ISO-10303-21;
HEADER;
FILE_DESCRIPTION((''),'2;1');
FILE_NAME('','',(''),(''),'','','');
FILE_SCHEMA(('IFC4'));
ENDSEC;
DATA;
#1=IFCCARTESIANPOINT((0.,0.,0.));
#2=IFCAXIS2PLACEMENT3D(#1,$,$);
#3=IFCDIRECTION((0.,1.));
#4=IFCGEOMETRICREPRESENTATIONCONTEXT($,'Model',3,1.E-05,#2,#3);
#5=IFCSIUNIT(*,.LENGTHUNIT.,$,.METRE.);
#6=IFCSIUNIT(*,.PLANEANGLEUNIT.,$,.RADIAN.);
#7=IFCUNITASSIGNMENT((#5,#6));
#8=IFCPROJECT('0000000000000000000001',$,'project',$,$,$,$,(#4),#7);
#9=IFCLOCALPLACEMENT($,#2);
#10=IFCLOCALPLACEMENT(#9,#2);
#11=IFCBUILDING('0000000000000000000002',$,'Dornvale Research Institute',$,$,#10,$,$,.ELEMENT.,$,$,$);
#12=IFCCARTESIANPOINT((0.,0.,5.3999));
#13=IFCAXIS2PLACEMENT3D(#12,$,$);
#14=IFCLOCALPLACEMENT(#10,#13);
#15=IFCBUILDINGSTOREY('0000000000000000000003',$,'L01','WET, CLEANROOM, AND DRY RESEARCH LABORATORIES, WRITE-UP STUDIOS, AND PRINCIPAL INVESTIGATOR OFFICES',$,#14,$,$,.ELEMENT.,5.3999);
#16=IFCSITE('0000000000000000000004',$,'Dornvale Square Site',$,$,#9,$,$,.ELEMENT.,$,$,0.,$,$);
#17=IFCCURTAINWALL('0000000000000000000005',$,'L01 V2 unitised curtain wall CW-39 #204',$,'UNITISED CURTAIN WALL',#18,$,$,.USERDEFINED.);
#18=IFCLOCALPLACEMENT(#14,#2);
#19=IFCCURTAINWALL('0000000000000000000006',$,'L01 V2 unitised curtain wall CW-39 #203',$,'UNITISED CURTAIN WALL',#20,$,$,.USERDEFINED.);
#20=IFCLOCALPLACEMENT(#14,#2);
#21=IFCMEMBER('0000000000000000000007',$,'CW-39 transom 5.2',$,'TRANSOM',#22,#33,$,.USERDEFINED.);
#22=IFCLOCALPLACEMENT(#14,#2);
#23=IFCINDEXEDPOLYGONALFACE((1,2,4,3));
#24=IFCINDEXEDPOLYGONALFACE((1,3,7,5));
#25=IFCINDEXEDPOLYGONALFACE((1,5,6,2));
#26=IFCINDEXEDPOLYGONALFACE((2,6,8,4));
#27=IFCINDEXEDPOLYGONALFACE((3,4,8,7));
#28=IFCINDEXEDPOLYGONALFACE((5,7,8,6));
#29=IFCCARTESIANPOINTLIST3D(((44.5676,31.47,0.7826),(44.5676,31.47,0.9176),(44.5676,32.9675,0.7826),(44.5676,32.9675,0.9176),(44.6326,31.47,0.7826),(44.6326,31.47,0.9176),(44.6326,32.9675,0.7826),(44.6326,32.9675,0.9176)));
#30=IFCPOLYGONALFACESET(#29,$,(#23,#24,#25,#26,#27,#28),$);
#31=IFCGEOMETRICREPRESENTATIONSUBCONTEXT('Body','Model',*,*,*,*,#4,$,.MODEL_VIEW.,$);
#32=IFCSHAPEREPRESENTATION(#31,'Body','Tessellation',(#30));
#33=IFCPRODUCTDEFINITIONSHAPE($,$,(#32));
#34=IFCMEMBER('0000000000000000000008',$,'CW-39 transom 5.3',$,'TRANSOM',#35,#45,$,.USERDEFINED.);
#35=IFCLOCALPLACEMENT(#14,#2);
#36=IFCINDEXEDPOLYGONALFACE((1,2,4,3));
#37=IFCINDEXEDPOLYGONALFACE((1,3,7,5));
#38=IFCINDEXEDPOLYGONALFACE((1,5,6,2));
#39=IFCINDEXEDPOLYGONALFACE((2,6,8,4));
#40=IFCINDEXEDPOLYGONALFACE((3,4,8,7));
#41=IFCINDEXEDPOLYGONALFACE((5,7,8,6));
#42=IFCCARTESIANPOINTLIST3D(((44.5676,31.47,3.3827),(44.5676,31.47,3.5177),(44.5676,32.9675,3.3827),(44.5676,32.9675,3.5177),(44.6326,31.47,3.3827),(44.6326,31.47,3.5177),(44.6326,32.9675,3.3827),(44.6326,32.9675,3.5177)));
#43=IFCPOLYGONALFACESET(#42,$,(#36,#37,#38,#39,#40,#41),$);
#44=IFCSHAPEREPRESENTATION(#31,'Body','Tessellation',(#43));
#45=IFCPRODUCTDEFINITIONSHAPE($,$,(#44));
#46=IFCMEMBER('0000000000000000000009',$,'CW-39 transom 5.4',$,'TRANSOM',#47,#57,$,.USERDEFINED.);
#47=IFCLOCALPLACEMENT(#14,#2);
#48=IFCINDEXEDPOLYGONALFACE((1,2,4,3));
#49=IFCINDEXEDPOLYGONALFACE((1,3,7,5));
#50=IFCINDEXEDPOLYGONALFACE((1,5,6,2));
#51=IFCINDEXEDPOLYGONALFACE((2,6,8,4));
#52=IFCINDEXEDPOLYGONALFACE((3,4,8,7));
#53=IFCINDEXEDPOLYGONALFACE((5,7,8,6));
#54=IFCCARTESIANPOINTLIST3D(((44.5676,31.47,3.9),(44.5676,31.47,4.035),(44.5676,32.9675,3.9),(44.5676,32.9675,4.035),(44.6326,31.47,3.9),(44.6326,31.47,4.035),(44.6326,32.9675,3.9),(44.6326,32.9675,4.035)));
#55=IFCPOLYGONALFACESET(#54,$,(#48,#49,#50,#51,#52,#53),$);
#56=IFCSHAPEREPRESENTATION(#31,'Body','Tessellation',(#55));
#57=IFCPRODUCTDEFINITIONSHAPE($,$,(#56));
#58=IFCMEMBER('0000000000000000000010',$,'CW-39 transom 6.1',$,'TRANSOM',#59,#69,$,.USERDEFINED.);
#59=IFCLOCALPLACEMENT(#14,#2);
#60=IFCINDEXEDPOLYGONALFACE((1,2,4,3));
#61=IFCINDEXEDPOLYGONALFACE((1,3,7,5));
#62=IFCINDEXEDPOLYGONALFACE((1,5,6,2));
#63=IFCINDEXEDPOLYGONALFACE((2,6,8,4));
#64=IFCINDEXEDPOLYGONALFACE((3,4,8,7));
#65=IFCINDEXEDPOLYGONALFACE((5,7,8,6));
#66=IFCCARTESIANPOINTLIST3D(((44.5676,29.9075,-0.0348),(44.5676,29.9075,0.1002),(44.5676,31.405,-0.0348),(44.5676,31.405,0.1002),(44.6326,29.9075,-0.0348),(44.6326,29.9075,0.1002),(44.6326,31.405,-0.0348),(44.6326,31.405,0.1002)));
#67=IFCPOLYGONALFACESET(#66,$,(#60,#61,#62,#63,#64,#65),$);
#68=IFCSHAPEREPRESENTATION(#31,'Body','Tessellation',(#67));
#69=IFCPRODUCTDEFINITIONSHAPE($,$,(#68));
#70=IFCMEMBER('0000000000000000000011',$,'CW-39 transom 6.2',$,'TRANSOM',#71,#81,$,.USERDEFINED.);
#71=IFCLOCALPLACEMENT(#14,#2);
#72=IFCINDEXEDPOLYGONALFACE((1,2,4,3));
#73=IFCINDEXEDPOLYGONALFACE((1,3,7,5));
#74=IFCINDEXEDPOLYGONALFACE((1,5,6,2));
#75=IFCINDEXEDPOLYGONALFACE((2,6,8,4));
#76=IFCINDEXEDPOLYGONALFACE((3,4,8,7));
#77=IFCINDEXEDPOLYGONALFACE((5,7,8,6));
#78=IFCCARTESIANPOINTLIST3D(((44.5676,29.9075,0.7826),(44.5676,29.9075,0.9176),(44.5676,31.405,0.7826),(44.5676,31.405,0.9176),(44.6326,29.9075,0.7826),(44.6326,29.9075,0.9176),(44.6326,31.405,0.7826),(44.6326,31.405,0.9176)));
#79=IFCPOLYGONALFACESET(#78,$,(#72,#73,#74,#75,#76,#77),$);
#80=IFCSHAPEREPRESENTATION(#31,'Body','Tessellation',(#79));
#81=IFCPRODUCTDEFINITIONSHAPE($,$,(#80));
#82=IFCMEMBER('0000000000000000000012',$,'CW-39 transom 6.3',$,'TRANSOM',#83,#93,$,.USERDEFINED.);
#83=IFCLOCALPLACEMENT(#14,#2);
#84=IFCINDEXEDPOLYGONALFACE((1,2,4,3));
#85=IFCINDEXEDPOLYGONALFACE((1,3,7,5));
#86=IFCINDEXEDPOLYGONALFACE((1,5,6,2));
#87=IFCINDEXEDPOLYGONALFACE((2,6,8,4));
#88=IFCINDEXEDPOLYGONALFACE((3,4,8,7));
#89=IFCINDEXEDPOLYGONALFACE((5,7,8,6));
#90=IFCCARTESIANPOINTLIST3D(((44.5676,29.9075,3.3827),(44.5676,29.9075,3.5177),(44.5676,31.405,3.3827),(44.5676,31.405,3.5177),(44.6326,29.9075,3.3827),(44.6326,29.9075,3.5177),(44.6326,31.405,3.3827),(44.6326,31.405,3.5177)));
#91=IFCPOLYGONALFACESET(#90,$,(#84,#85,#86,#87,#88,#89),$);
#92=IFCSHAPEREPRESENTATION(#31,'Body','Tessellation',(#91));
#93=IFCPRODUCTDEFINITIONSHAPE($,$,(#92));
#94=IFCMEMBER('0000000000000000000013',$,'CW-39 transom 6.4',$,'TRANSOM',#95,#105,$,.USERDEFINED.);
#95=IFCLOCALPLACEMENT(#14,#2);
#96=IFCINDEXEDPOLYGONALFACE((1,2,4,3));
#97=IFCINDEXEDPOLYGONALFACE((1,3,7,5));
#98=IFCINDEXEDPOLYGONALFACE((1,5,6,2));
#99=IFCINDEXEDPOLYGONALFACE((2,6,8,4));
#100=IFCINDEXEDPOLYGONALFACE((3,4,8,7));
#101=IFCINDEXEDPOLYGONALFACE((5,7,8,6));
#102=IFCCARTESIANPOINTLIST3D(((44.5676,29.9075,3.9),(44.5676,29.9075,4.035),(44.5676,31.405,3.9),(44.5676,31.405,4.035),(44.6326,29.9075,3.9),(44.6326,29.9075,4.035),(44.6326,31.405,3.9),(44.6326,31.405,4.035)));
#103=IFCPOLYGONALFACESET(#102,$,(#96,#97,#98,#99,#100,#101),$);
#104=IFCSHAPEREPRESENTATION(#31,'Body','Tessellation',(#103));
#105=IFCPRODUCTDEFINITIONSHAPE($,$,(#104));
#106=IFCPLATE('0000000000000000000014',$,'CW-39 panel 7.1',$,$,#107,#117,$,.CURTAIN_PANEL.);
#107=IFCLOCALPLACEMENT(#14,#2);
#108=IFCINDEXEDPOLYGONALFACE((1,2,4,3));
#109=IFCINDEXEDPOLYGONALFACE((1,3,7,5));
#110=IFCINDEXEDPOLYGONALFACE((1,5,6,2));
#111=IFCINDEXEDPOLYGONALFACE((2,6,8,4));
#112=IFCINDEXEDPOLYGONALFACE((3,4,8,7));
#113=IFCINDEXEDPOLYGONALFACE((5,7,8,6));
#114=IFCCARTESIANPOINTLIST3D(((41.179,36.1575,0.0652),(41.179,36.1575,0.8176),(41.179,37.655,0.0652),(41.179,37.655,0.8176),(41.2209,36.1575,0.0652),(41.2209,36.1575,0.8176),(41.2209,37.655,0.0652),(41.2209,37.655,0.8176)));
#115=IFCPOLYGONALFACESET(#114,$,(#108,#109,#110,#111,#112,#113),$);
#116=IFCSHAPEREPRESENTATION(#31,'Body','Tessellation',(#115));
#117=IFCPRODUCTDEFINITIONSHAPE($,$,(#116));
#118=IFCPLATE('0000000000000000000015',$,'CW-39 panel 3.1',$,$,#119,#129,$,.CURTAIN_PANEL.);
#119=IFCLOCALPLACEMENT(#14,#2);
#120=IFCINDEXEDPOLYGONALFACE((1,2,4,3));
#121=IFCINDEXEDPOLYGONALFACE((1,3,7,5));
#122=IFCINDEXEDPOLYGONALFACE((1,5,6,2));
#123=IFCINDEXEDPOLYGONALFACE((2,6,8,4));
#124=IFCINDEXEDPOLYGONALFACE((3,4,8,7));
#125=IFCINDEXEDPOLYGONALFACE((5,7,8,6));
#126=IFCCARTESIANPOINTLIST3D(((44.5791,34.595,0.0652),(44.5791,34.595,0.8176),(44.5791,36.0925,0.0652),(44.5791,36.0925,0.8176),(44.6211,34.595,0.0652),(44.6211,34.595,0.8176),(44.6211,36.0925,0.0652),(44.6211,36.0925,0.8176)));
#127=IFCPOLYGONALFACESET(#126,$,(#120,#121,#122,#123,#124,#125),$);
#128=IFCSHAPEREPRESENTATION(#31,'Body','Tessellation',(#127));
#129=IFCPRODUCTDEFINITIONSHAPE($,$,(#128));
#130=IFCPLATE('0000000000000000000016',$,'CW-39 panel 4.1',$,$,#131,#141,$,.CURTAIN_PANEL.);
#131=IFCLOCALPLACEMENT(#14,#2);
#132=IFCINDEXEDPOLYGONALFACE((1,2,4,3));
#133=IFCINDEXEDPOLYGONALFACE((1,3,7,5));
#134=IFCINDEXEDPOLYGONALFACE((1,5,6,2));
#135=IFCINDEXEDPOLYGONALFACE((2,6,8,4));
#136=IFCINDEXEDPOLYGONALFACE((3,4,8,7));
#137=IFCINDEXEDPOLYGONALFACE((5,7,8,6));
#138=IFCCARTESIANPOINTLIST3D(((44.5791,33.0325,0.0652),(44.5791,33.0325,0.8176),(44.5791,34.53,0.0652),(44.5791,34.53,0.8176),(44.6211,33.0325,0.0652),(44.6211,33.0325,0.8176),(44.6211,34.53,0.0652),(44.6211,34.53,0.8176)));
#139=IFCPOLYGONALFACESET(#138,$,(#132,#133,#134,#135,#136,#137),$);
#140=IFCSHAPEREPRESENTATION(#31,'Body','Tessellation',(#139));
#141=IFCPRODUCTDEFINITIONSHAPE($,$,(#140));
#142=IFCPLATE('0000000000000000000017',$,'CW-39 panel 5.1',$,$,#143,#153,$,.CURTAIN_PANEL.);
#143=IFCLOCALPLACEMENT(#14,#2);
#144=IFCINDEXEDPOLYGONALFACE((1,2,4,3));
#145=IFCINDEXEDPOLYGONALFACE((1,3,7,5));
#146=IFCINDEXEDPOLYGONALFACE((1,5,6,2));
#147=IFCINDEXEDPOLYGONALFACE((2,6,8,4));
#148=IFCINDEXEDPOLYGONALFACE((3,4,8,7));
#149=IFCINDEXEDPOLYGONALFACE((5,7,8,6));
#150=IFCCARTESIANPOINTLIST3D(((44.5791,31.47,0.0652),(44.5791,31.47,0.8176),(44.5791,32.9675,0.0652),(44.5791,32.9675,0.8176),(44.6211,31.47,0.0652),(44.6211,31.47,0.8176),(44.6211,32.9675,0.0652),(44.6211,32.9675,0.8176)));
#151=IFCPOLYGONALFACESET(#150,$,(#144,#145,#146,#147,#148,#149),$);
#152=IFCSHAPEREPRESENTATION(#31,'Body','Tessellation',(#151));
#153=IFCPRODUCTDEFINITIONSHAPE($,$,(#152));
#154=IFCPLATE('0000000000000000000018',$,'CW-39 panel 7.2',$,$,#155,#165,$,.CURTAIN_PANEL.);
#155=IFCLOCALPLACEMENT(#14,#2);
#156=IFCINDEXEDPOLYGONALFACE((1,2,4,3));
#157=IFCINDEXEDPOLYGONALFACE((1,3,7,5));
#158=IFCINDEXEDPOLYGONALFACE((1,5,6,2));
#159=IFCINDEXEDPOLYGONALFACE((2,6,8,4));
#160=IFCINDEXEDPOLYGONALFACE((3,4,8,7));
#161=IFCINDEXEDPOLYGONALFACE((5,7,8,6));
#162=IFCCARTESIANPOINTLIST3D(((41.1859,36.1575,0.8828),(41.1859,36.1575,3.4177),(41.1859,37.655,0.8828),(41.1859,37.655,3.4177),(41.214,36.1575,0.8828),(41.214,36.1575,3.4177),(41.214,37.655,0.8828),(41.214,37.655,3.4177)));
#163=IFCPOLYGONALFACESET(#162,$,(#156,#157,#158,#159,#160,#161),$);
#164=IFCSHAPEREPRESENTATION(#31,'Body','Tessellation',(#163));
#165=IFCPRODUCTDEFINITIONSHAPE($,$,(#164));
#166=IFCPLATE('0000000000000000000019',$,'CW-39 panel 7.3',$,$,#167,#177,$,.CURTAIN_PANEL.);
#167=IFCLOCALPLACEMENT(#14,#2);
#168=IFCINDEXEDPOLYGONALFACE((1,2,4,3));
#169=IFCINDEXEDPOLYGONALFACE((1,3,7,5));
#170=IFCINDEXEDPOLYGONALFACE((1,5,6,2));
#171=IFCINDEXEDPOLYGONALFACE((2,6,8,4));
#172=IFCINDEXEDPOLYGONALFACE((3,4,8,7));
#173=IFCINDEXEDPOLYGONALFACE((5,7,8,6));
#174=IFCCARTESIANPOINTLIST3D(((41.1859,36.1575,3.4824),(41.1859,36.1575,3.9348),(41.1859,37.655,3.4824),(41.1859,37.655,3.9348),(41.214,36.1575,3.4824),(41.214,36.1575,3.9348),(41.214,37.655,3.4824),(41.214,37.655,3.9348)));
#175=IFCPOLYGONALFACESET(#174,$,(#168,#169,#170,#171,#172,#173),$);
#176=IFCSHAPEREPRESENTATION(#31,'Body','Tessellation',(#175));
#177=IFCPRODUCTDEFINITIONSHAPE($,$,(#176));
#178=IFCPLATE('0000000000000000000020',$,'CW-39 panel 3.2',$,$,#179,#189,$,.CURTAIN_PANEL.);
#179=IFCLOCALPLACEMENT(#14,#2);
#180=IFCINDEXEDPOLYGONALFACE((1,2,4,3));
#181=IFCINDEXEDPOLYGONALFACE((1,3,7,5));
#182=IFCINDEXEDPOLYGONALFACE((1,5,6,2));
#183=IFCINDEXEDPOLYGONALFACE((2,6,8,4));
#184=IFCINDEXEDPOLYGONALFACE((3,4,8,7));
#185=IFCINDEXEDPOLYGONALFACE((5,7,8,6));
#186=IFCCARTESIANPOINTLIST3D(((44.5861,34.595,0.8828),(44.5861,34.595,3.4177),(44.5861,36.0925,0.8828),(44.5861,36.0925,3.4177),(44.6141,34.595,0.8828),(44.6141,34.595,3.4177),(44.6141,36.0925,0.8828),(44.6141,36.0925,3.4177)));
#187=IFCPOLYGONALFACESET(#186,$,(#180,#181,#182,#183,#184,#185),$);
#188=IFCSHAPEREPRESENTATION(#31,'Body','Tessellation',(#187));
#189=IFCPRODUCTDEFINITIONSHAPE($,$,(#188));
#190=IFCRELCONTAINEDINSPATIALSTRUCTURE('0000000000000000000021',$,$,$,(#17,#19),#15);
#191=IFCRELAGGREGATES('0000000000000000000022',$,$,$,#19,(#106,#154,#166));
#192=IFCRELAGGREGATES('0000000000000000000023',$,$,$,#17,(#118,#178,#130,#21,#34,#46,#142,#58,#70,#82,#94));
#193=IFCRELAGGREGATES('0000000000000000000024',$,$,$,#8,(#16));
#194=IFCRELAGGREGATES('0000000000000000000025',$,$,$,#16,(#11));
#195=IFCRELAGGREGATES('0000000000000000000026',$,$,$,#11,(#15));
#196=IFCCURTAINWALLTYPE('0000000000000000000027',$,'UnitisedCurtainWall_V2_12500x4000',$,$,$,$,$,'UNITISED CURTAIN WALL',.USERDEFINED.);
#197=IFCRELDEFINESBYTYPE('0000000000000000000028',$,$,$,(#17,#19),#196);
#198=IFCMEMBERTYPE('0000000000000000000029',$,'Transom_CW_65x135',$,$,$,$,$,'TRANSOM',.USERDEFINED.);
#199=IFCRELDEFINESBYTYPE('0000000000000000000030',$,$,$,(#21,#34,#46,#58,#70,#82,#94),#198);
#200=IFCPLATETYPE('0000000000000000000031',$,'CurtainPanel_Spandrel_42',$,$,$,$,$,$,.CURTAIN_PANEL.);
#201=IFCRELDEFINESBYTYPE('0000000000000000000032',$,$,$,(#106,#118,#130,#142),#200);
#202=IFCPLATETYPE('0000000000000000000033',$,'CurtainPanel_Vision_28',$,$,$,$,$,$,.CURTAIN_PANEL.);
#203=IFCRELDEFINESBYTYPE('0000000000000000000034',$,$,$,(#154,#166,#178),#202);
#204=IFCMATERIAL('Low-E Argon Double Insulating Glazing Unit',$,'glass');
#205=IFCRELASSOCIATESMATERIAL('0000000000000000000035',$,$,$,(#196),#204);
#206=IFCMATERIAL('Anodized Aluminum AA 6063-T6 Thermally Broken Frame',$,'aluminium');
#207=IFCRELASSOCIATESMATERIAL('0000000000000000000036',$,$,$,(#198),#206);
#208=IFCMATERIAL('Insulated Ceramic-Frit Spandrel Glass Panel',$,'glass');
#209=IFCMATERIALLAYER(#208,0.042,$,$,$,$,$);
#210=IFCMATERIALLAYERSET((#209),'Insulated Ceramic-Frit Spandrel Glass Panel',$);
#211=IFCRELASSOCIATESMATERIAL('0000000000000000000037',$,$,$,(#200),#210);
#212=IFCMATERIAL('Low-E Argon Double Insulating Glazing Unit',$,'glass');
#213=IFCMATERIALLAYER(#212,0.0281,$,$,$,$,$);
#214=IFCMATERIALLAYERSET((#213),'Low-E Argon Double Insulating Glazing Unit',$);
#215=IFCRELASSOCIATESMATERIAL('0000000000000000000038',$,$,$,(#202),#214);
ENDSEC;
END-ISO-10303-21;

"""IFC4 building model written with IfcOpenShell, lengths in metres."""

from ifc_helpers import new_model, si_unit, direction, frame, origin, origin_2d, place, context, subcontext, project, spatial, rectangle, extrude, material, layer, layer_set, material_profile, profile_set, type_object, element, aggregate, save


model = new_model("IFC4")

# Units and contexts
model_context = context("Model", 3, precision=1e-05, world=origin(), true_north=direction((0.0, 1.0)))
body_context = subcontext(model_context, "Body", "Model", "MODEL_VIEW")
ifc_project = project(units=[si_unit("LENGTHUNIT", "METRE"), si_unit("PLANEANGLEUNIT", "RADIAN")], contexts=[model_context])

# Site, building, storey
site_placement = place(None, origin())
site = spatial("IfcSite", under=ifc_project, at=site_placement, Name="Dornvale Square Site", CompositionType="ELEMENT", RefElevation=0.0)
building_placement = place(site_placement, origin())
building = spatial("IfcBuilding", under=site, at=building_placement, Name="Dornvale Research Institute", CompositionType="ELEMENT")
storey_placement = place(building_placement, frame((0.0, 0.0, 5.3999)))
storey = spatial("IfcBuildingStorey", under=building, at=storey_placement, Name="L01", Description="WET, CLEANROOM, AND DRY RESEARCH LABORATORIES, WRITE-UP STUDIOS, AND PRINCIPAL INVESTIGATOR OFFICES", CompositionType="ELEMENT", Elevation=5.3999)

# Curtain walls
ifc_material_1 = material(Name="Low-E Argon Double Insulating Glazing Unit", Category="glass")
curtain_wall_type = type_object("IfcCurtainWallType", Name="UnitisedCurtainWall_V2_12500x4000", ElementType="UNITISED CURTAIN WALL", PredefinedType="USERDEFINED", material=ifc_material_1)
curtain_wall_1_placement = place(storey_placement, origin())
curtain_wall_1 = element("IfcCurtainWall", 1, at=curtain_wall_1_placement, inside=storey, type_object=curtain_wall_type, Name="L01 V2 unitised curtain wall CW-39 #204", ObjectType="UNITISED CURTAIN WALL", PredefinedType="USERDEFINED")
curtain_wall_2_placement = place(storey_placement, origin())
curtain_wall_2 = element("IfcCurtainWall", 2, at=curtain_wall_2_placement, inside=storey, type_object=curtain_wall_type, Name="L01 V2 unitised curtain wall CW-39 #203", ObjectType="UNITISED CURTAIN WALL", PredefinedType="USERDEFINED")
ifc_material_2 = material(Name="Anodized Aluminum AA 6063-T6 Thermally Broken Frame", Category="aluminium")
ifc_material_profile_1 = material_profile(ifc_material_2, rectangle(XDim=0.0649, YDim=0.135, at=origin_2d()), Name="ALU TRANSOM 65x135")
ifc_profile_set_1 = profile_set([ifc_material_profile_1], Name="Anodized Aluminum AA 6063-T6 Thermally Broken Frame")
member_type_1 = type_object("IfcMemberType", Name="Transom_CW_65x135", ElementType="TRANSOM", PredefinedType="USERDEFINED", material=ifc_profile_set_1)

# Members
member_1_placement = place(storey_placement, frame((44.6001, 32.9675, 0.8501), z_axis=(0.0, -1.0, 0.0), x_axis=(1.0, 0.0, 0.0)))
member_1 = element("IfcMember", 3, at=member_1_placement, type_object=member_type_1, Name="CW-39 transom 5.2", ObjectType="TRANSOM", PredefinedType="USERDEFINED", context=body_context, shape_type="SweptSolid", body=[
    extrude(rectangle(XDim=0.0649, YDim=0.135, at=origin_2d()), origin(), (0.0, 0.0, 1.0), 1.4976),
])
member_2_placement = place(storey_placement, frame((44.6001, 32.9675, 3.4502), z_axis=(0.0, -1.0, 0.0), x_axis=(1.0, 0.0, 0.0)))
member_2 = element("IfcMember", 4, at=member_2_placement, type_object=member_type_1, Name="CW-39 transom 5.3", ObjectType="TRANSOM", PredefinedType="USERDEFINED", context=body_context, shape_type="SweptSolid", body=[
    extrude(rectangle(XDim=0.0649, YDim=0.135, at=origin_2d()), origin(), (0.0, 0.0, 1.0), 1.4976),
])
member_3_placement = place(storey_placement, frame((44.6001, 32.9675, 3.9675), z_axis=(0.0, -1.0, 0.0), x_axis=(1.0, 0.0, 0.0)))
member_3 = element("IfcMember", 5, at=member_3_placement, type_object=member_type_1, Name="CW-39 transom 5.4", ObjectType="TRANSOM", PredefinedType="USERDEFINED", context=body_context, shape_type="SweptSolid", body=[
    extrude(rectangle(XDim=0.0649, YDim=0.135, at=origin_2d()), origin(), (0.0, 0.0, 1.0), 1.4976),
])
member_4_placement = place(storey_placement, frame((44.6001, 31.405, 0.0327), z_axis=(0.0, -1.0, 0.0), x_axis=(1.0, 0.0, 0.0)))
member_4 = element("IfcMember", 6, at=member_4_placement, type_object=member_type_1, Name="CW-39 transom 6.1", ObjectType="TRANSOM", PredefinedType="USERDEFINED", context=body_context, shape_type="SweptSolid", body=[
    extrude(rectangle(XDim=0.0649, YDim=0.135, at=origin_2d()), origin(), (0.0, 0.0, 1.0), 1.4976),
])
member_5_placement = place(storey_placement, frame((44.6001, 31.405, 0.8501), z_axis=(0.0, -1.0, 0.0), x_axis=(1.0, 0.0, 0.0)))
member_5 = element("IfcMember", 7, at=member_5_placement, type_object=member_type_1, Name="CW-39 transom 6.2", ObjectType="TRANSOM", PredefinedType="USERDEFINED", context=body_context, shape_type="SweptSolid", body=[
    extrude(rectangle(XDim=0.0649, YDim=0.135, at=origin_2d()), origin(), (0.0, 0.0, 1.0), 1.4976),
])
member_6_placement = place(storey_placement, frame((44.6001, 31.405, 3.4502), z_axis=(0.0, -1.0, 0.0), x_axis=(1.0, 0.0, 0.0)))
member_6 = element("IfcMember", 8, at=member_6_placement, type_object=member_type_1, Name="CW-39 transom 6.3", ObjectType="TRANSOM", PredefinedType="USERDEFINED", context=body_context, shape_type="SweptSolid", body=[
    extrude(rectangle(XDim=0.0649, YDim=0.135, at=origin_2d()), origin(), (0.0, 0.0, 1.0), 1.4976),
])
member_7_placement = place(storey_placement, frame((44.6001, 31.405, 3.9675), z_axis=(0.0, -1.0, 0.0), x_axis=(1.0, 0.0, 0.0)))
member_7 = element("IfcMember", 9, at=member_7_placement, type_object=member_type_1, Name="CW-39 transom 6.4", ObjectType="TRANSOM", PredefinedType="USERDEFINED", context=body_context, shape_type="SweptSolid", body=[
    extrude(rectangle(XDim=0.0649, YDim=0.135, at=origin_2d()), origin(), (0.0, 0.0, 1.0), 1.4976),
])

# Plates
ifc_material_3 = material(Name="Insulated Ceramic-Frit Spandrel Glass Panel", Category="glass")
ifc_layer_1 = layer(ifc_material_3, 0.042)
ifc_layer_set_1 = layer_set([ifc_layer_1], Name="Insulated Ceramic-Frit Spandrel Glass Panel")
plate_type_1 = type_object("IfcPlateType", Name="CurtainPanel_Spandrel_42", PredefinedType="CURTAIN_PANEL", material=ifc_layer_set_1)
plate_1_placement = place(storey_placement, frame((41.2, 36.9062, 0.0652), z_axis=(0.0, 0.0, 1.0), x_axis=(0.0, 1.0, 0.0)))
plate_1 = element("IfcPlate", 10, at=plate_1_placement, type_object=plate_type_1, Name="CW-39 panel 7.1", PredefinedType="CURTAIN_PANEL", context=body_context, shape_type="SweptSolid", body=[
    extrude(rectangle(XDim=1.4976, YDim=0.042, at=origin_2d()), origin(), (0.0, 0.0, 1.0), 0.7524),
])
plate_2_placement = place(storey_placement, frame((44.6001, 35.3438, 0.0652), z_axis=(0.0, 0.0, 1.0), x_axis=(0.0, -1.0, 0.0)))
plate_2 = element("IfcPlate", 11, at=plate_2_placement, type_object=plate_type_1, Name="CW-39 panel 3.1", PredefinedType="CURTAIN_PANEL", context=body_context, shape_type="SweptSolid", body=[
    extrude(rectangle(XDim=1.4976, YDim=0.042, at=origin_2d()), origin(), (0.0, 0.0, 1.0), 0.7524),
])
plate_3_placement = place(storey_placement, frame((44.6001, 33.7812, 0.0652), z_axis=(0.0, 0.0, 1.0), x_axis=(0.0, -1.0, 0.0)))
plate_3 = element("IfcPlate", 12, at=plate_3_placement, type_object=plate_type_1, Name="CW-39 panel 4.1", PredefinedType="CURTAIN_PANEL", context=body_context, shape_type="SweptSolid", body=[
    extrude(rectangle(XDim=1.4976, YDim=0.042, at=origin_2d()), origin(), (0.0, 0.0, 1.0), 0.7524),
])
plate_4_placement = place(storey_placement, frame((44.6001, 32.2188, 0.0652), z_axis=(0.0, 0.0, 1.0), x_axis=(0.0, -1.0, 0.0)))
plate_4 = element("IfcPlate", 13, at=plate_4_placement, type_object=plate_type_1, Name="CW-39 panel 5.1", PredefinedType="CURTAIN_PANEL", context=body_context, shape_type="SweptSolid", body=[
    extrude(rectangle(XDim=1.4976, YDim=0.042, at=origin_2d()), origin(), (0.0, 0.0, 1.0), 0.7524),
])
ifc_material_4 = material(Name="Low-E Argon Double Insulating Glazing Unit", Category="glass")
ifc_layer_2 = layer(ifc_material_4, 0.0281)
ifc_layer_set_2 = layer_set([ifc_layer_2], Name="Low-E Argon Double Insulating Glazing Unit")
plate_type_2 = type_object("IfcPlateType", Name="CurtainPanel_Vision_28", PredefinedType="CURTAIN_PANEL", material=ifc_layer_set_2)
plate_5_placement = place(storey_placement, frame((41.2, 36.9062, 0.8828), z_axis=(0.0, 0.0, 1.0), x_axis=(0.0, 1.0, 0.0)))
plate_5 = element("IfcPlate", 14, at=plate_5_placement, type_object=plate_type_2, Name="CW-39 panel 7.2", PredefinedType="CURTAIN_PANEL", context=body_context, shape_type="SweptSolid", body=[
    extrude(rectangle(XDim=1.4976, YDim=0.0281, at=origin_2d()), origin(), (0.0, 0.0, 1.0), 2.5349),
])
plate_6_placement = place(storey_placement, frame((41.2, 36.9062, 3.4824), z_axis=(0.0, 0.0, 1.0), x_axis=(0.0, 1.0, 0.0)))
plate_6 = element("IfcPlate", 15, at=plate_6_placement, type_object=plate_type_2, Name="CW-39 panel 7.3", PredefinedType="CURTAIN_PANEL", context=body_context, shape_type="SweptSolid", body=[
    extrude(rectangle(XDim=1.4976, YDim=0.0281, at=origin_2d()), origin(), (0.0, 0.0, 1.0), 0.4524),
])
aggregate(curtain_wall_2, [plate_1, plate_5, plate_6])
plate_7_placement = place(storey_placement, frame((44.6001, 35.3438, 0.8828), z_axis=(0.0, 0.0, 1.0), x_axis=(0.0, -1.0, 0.0)))
plate_7 = element("IfcPlate", 16, at=plate_7_placement, type_object=plate_type_2, Name="CW-39 panel 3.2", PredefinedType="CURTAIN_PANEL", context=body_context, shape_type="SweptSolid", body=[
    extrude(rectangle(XDim=1.4976, YDim=0.0281, at=origin_2d()), origin(), (0.0, 0.0, 1.0), 2.5349),
])
aggregate(curtain_wall_1, [plate_2, plate_7, plate_3, member_1, member_2, member_3, plate_4, member_4, member_5, member_6, member_7])

save(model, "model.ifc")
